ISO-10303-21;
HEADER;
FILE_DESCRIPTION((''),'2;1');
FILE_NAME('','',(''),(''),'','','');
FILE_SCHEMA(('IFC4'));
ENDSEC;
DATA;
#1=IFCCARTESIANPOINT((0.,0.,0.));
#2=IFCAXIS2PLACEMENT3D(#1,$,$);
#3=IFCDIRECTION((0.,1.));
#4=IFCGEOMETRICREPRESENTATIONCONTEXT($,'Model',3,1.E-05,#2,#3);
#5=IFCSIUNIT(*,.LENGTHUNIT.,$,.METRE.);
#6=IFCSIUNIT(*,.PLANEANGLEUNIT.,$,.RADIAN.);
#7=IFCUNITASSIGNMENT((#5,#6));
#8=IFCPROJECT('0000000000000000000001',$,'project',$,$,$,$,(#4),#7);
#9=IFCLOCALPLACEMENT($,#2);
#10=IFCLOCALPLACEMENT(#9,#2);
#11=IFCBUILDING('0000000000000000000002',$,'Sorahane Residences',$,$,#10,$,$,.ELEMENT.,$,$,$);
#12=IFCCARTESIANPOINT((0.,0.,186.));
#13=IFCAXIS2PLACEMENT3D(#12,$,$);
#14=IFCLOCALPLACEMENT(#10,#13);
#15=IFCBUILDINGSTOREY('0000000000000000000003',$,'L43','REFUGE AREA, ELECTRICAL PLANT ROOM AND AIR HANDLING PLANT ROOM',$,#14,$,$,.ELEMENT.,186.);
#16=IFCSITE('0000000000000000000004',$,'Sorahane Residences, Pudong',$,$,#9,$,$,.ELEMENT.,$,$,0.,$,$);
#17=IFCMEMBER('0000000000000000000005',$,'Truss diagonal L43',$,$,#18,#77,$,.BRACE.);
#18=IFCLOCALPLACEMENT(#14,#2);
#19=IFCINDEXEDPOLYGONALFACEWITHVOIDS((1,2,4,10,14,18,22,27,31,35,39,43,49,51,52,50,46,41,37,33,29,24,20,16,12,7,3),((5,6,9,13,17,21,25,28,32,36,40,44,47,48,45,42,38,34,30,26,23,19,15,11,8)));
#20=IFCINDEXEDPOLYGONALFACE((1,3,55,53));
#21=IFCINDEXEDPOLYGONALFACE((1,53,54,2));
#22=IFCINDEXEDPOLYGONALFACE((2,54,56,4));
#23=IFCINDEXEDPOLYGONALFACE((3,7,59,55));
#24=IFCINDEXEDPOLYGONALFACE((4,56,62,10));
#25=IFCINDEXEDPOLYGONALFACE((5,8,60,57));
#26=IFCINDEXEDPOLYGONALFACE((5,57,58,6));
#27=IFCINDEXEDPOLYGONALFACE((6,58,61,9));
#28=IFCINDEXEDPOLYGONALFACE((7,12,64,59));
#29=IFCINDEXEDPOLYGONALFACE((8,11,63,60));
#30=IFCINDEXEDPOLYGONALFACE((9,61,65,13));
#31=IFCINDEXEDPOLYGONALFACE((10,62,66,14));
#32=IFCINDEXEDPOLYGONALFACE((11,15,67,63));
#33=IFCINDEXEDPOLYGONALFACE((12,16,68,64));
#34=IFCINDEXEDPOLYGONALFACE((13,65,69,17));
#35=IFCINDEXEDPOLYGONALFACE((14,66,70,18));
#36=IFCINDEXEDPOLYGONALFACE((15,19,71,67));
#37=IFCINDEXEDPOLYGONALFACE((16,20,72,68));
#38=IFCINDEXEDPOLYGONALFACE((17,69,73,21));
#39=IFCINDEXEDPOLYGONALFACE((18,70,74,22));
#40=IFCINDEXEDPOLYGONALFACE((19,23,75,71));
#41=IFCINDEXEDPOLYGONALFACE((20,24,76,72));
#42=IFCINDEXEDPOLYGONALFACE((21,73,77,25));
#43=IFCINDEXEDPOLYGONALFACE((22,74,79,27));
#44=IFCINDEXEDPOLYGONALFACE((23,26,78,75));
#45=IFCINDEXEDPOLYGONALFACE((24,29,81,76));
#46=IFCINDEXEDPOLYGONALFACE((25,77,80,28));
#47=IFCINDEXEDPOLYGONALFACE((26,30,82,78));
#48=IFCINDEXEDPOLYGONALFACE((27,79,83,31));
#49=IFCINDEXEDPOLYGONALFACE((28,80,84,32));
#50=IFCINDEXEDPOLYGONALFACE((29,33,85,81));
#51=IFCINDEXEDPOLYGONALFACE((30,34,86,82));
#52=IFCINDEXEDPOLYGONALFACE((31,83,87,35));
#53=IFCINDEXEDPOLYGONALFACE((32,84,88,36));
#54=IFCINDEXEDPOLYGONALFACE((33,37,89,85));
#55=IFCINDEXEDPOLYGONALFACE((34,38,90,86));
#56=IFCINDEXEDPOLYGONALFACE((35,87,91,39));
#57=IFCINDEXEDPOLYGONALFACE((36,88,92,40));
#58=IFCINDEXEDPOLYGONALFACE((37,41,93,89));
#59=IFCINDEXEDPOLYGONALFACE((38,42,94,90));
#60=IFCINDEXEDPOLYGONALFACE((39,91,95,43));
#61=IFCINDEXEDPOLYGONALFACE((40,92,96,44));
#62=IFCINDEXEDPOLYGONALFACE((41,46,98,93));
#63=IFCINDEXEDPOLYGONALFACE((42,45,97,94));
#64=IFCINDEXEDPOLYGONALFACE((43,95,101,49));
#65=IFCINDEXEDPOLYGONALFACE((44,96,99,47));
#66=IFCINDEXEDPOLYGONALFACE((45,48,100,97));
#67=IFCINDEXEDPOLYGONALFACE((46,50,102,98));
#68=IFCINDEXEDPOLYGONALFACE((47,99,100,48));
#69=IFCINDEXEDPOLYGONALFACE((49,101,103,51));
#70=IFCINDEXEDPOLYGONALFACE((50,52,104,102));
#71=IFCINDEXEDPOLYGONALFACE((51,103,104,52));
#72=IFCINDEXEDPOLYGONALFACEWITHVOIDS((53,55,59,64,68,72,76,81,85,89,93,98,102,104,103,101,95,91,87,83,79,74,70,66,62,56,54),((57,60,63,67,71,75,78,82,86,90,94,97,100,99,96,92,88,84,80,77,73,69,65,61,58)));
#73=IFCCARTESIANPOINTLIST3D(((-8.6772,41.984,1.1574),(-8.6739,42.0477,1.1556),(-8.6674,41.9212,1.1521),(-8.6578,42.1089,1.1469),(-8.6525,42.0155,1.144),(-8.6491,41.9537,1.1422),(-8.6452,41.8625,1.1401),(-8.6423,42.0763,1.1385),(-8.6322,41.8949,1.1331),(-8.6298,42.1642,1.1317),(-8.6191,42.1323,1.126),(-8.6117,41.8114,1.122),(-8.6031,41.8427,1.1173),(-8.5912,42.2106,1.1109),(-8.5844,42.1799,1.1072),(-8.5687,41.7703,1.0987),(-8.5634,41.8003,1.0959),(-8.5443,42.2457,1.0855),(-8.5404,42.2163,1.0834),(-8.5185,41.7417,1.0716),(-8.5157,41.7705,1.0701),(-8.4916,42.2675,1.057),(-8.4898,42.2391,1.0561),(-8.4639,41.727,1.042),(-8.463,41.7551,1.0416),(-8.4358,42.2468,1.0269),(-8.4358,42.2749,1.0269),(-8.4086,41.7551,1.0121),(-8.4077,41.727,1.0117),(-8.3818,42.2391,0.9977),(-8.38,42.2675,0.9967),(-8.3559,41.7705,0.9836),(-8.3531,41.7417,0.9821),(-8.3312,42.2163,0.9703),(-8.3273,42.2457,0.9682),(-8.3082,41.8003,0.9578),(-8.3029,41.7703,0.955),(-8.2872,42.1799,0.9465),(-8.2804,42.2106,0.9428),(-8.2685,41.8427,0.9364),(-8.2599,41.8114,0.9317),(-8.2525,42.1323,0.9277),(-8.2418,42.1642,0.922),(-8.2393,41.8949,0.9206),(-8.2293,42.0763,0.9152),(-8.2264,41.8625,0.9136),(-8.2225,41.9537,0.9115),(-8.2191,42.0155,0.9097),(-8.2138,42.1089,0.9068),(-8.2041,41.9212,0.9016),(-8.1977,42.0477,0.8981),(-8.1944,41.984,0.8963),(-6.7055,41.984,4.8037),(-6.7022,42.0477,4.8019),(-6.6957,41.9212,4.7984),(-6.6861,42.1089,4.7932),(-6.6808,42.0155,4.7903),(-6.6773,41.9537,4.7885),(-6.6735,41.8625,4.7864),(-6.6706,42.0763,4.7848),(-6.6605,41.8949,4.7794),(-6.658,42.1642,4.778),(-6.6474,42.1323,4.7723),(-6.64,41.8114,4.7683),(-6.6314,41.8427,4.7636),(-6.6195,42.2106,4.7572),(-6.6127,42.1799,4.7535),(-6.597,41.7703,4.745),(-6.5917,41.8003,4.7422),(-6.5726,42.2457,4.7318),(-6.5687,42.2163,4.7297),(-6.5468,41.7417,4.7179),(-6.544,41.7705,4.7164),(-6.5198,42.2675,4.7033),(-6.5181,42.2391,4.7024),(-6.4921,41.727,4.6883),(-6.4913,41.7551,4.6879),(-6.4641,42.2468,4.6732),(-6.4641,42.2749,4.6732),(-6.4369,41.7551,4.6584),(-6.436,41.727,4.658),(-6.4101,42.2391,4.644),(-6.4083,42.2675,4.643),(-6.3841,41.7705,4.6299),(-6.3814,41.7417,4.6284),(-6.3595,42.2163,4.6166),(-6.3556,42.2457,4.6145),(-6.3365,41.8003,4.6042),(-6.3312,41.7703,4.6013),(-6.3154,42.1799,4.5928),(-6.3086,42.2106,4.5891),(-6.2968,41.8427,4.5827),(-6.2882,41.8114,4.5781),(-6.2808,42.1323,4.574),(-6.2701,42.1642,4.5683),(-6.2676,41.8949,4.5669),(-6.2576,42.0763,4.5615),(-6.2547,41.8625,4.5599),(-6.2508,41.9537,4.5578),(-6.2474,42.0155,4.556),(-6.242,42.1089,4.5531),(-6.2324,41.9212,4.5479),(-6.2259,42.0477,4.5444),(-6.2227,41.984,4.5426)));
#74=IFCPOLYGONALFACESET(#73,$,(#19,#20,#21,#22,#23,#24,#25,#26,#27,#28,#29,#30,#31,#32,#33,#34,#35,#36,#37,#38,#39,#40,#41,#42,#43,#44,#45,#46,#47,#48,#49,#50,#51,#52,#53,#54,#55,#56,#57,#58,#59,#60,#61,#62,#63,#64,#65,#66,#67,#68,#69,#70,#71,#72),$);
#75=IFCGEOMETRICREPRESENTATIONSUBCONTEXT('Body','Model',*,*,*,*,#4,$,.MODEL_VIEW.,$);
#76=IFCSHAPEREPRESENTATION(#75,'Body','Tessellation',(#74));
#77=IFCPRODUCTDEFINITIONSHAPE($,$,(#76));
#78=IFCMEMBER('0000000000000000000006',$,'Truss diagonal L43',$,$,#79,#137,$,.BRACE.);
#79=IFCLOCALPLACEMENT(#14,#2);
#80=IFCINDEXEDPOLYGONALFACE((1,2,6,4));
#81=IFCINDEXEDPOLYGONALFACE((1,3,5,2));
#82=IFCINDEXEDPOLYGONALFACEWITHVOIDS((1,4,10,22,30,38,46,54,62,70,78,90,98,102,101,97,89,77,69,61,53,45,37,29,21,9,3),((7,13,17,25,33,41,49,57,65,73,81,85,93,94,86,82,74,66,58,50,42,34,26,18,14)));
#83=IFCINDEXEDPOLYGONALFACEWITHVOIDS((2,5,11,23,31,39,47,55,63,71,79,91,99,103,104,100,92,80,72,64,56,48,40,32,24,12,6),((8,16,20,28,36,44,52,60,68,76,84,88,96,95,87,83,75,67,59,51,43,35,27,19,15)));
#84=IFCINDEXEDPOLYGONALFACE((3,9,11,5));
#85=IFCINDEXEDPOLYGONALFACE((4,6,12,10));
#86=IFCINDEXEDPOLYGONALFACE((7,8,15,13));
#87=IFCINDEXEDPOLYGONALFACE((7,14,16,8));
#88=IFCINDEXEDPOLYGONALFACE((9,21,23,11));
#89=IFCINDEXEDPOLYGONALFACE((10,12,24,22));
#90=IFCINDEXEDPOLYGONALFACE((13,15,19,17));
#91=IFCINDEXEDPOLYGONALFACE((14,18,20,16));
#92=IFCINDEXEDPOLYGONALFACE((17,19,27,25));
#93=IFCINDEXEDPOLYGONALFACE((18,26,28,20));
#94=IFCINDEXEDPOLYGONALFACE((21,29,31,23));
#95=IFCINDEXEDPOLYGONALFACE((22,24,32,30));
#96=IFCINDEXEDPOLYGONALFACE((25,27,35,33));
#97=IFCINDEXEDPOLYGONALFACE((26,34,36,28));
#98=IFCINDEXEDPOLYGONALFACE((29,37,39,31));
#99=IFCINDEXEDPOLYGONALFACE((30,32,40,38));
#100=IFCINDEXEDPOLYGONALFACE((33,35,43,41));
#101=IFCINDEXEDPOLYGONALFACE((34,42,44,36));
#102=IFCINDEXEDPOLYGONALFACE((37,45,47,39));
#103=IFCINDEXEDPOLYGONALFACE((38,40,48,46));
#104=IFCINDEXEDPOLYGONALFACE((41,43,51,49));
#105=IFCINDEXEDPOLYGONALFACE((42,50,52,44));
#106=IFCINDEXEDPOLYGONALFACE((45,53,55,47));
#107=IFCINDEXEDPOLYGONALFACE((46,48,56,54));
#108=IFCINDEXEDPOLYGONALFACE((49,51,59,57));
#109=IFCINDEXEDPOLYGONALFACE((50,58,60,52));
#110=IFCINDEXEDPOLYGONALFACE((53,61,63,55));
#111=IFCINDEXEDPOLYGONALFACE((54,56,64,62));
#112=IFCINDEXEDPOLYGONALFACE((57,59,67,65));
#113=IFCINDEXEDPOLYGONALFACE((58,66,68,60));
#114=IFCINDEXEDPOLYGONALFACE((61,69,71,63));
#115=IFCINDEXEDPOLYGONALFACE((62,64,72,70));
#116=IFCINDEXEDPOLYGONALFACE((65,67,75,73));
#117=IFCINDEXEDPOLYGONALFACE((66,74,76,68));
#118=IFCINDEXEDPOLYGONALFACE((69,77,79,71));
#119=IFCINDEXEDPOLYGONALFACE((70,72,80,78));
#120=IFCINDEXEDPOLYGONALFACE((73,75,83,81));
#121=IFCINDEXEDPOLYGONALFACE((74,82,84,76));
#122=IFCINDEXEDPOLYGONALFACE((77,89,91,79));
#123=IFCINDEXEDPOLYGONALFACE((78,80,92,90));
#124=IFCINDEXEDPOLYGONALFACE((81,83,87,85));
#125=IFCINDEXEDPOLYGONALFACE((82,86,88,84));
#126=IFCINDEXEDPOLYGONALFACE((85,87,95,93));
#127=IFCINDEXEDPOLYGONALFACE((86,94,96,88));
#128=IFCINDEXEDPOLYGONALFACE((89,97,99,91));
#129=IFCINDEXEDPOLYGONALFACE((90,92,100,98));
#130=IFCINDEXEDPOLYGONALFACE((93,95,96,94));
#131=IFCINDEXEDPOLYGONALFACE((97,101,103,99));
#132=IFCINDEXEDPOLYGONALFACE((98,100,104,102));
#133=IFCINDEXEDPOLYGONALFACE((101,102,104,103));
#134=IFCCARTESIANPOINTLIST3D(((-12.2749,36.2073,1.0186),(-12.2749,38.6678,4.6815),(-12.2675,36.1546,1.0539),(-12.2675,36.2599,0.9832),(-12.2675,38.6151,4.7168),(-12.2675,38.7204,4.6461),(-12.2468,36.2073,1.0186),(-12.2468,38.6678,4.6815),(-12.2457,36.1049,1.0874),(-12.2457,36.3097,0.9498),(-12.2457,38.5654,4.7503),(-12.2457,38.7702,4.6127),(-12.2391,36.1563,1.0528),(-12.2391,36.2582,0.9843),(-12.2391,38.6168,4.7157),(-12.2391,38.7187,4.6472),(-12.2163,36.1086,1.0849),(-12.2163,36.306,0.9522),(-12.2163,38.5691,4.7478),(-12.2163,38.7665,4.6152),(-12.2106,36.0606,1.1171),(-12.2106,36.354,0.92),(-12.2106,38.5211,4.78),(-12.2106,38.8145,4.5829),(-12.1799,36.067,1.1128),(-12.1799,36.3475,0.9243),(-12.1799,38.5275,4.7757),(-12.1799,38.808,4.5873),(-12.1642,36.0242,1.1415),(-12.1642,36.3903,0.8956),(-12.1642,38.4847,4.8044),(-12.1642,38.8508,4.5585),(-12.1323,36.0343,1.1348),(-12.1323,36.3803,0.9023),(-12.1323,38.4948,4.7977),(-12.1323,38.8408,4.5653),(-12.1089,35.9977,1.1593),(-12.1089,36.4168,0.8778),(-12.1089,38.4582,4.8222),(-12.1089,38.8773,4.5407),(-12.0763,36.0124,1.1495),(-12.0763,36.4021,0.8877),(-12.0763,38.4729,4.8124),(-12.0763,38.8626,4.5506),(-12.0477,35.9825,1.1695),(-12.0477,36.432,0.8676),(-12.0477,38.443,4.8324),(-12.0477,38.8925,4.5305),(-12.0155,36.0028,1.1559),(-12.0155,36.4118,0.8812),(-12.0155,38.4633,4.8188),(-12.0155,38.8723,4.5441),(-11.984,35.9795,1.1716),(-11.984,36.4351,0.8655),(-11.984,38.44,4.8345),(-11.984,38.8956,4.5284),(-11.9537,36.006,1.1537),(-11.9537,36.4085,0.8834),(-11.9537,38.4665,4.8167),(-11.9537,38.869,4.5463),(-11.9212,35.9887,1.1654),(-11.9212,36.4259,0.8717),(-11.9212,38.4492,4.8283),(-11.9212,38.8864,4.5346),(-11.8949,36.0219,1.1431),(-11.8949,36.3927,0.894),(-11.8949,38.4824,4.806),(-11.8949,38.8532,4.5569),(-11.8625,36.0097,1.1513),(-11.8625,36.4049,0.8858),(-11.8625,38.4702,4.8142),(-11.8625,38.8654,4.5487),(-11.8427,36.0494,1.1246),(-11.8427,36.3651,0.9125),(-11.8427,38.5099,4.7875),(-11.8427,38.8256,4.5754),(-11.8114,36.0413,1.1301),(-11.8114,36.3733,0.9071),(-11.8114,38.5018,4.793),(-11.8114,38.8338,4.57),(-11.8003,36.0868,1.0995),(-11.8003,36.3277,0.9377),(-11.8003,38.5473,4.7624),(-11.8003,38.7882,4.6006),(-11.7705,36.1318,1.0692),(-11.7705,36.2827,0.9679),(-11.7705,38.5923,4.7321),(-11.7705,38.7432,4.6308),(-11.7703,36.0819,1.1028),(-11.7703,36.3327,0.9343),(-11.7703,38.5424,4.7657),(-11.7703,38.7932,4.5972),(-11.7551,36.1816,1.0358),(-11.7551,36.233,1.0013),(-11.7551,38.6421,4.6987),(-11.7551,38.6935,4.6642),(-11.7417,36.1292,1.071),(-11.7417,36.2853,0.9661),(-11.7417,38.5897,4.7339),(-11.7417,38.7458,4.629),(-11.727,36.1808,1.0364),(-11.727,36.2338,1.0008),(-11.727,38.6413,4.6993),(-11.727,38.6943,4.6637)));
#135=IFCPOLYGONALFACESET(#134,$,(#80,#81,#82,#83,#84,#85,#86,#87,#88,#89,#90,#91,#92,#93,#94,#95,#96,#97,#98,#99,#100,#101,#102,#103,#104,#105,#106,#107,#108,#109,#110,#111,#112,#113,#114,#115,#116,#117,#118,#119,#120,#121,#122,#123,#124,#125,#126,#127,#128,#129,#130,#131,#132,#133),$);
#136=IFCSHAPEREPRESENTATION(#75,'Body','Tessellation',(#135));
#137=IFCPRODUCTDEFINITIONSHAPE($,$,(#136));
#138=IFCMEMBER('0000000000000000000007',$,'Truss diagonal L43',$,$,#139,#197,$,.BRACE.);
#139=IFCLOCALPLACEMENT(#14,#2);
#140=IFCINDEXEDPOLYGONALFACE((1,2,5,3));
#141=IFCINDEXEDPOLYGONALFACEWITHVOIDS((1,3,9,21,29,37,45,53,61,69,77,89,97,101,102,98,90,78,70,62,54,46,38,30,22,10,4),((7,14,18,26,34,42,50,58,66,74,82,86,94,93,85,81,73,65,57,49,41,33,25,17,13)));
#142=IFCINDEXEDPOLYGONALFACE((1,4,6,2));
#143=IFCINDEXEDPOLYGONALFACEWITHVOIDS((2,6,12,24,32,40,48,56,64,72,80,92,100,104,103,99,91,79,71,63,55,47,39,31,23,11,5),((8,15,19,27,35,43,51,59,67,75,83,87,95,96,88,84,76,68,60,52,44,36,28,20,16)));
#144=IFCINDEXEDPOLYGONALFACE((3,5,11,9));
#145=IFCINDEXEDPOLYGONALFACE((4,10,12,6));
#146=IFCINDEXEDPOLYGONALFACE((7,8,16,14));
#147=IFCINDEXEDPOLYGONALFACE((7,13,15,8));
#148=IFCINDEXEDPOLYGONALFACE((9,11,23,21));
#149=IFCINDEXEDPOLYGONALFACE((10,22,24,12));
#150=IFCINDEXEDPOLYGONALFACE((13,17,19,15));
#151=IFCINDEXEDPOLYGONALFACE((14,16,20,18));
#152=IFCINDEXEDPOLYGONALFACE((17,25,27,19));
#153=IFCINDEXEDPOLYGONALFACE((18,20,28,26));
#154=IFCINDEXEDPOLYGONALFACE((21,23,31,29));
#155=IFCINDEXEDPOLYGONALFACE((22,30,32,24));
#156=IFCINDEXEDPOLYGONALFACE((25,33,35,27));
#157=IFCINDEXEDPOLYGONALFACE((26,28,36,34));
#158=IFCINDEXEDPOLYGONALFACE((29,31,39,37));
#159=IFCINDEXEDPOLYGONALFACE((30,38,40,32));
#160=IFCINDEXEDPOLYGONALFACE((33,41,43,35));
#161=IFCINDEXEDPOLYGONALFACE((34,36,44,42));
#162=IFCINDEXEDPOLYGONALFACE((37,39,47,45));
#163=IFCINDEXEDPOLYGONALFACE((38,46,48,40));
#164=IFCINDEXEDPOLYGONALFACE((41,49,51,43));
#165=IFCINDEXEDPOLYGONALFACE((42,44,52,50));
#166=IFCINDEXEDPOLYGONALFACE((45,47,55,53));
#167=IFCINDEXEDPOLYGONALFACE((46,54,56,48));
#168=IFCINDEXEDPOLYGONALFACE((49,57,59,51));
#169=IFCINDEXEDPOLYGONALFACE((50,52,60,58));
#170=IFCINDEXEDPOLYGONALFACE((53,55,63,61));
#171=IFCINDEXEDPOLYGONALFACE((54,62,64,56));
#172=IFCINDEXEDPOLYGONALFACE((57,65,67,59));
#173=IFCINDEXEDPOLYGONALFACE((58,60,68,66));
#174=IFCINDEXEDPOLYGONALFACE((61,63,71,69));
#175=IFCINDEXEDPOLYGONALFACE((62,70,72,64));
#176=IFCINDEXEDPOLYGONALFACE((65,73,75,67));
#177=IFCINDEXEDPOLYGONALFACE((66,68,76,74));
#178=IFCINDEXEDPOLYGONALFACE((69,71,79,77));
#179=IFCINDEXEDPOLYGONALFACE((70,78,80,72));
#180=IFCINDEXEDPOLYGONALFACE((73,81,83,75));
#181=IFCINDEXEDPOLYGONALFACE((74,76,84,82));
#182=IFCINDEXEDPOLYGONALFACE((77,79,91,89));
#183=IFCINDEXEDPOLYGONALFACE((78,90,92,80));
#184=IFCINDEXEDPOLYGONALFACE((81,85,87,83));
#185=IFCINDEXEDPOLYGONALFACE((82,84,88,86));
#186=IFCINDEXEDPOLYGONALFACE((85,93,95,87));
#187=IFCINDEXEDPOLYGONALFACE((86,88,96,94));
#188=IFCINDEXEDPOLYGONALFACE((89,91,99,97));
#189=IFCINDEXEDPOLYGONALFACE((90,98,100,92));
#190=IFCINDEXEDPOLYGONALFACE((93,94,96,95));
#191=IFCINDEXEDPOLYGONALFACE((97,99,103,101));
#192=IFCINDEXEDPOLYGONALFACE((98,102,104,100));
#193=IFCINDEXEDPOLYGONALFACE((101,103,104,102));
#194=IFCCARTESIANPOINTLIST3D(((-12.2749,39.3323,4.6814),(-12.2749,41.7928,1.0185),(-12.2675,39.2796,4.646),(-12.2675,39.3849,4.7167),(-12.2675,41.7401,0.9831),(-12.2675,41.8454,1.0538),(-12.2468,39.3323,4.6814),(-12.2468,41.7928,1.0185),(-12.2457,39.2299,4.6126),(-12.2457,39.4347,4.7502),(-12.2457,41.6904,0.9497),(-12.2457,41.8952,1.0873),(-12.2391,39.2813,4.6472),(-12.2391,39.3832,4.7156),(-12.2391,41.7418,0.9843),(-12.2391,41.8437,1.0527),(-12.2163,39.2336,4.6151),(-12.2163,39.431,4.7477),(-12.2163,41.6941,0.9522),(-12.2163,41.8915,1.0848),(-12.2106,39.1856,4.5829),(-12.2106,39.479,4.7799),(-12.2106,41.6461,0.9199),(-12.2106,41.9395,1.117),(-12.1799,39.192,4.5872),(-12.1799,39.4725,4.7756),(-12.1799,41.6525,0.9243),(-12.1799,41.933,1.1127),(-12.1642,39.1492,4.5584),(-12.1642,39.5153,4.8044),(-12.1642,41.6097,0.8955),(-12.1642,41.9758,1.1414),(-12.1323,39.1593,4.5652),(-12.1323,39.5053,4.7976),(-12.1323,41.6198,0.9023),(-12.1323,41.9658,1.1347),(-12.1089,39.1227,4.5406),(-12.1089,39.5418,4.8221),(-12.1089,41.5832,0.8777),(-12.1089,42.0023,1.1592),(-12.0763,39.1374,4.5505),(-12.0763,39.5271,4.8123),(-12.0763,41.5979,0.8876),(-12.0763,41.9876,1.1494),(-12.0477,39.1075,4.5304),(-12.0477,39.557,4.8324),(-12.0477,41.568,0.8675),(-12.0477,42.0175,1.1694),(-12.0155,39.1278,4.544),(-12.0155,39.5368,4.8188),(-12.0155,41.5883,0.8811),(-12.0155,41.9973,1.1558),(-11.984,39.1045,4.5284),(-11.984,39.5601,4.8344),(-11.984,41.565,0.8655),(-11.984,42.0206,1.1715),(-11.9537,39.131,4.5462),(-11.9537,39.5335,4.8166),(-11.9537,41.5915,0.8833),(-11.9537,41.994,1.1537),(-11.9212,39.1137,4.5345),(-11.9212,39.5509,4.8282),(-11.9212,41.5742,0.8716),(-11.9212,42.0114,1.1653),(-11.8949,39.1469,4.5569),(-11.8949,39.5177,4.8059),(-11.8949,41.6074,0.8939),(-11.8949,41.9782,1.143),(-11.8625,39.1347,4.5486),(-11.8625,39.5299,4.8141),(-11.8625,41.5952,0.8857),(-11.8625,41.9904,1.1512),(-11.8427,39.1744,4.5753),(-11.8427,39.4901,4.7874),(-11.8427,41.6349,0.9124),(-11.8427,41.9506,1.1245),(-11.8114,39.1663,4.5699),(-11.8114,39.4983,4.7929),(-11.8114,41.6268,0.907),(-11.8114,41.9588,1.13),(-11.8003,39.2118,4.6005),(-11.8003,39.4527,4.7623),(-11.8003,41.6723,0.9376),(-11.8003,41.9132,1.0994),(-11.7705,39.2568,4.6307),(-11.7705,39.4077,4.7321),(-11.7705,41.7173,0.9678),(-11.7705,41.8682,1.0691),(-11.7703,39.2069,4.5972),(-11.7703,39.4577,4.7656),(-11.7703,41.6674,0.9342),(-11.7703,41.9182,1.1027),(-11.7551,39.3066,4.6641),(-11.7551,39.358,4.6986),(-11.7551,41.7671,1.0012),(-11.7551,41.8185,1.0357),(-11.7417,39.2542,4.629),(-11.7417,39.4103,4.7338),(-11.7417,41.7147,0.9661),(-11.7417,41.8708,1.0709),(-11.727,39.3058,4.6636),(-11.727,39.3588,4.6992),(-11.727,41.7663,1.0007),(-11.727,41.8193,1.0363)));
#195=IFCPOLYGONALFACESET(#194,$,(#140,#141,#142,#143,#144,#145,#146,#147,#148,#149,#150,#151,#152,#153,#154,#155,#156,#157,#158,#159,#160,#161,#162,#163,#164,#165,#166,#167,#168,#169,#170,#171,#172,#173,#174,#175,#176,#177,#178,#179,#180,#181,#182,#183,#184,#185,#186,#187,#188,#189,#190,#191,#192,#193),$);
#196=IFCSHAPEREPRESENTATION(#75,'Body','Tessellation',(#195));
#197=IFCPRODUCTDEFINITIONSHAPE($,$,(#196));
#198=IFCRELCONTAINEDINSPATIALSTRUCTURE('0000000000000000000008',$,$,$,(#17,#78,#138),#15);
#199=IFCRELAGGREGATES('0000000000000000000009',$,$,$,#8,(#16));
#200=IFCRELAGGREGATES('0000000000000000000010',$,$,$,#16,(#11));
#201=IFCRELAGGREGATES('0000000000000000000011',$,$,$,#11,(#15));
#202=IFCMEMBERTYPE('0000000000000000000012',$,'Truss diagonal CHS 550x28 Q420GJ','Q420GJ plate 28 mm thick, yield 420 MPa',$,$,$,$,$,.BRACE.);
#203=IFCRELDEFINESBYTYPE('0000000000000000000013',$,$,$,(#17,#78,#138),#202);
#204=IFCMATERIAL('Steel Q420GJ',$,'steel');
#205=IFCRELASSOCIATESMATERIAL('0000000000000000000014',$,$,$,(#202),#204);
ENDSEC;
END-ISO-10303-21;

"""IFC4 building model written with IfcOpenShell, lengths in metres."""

from ifc_helpers import new_model, si_unit, direction, frame, origin, origin_2d, place, context, subcontext, project, spatial, hollow_circle, extrude, material, material_profile, profile_set, type_object, element, save


model = new_model("IFC4")

# Units and contexts
model_context = context("Model", 3, precision=1e-05, world=origin(), true_north=direction((0.0, 1.0)))
body_context = subcontext(model_context, "Body", "Model", "MODEL_VIEW")
ifc_project = project(units=[si_unit("LENGTHUNIT", "METRE"), si_unit("PLANEANGLEUNIT", "RADIAN")], contexts=[model_context])

# Site, building, storey
site_placement = place(None, origin())
site = spatial("IfcSite", under=ifc_project, at=site_placement, Name="Sorahane Residences, Pudong", CompositionType="ELEMENT", RefElevation=0.0)
building_placement = place(site_placement, origin())
building = spatial("IfcBuilding", under=site, at=building_placement, Name="Sorahane Residences", CompositionType="ELEMENT")
storey_placement = place(building_placement, frame((0.0, 0.0, 186.0)))
storey = spatial("IfcBuildingStorey", under=building, at=storey_placement, Name="L43", Description="REFUGE AREA, ELECTRICAL PLANT ROOM AND AIR HANDLING PLANT ROOM", CompositionType="ELEMENT", Elevation=186.0)

# Members
ifc_material_1 = material(Name="Steel Q420GJ", Category="steel")
ifc_material_profile_1 = material_profile(ifc_material_1, hollow_circle(Radius=0.2749, WallThickness=0.0281, at=origin_2d()), Name="CHS 550x28")
ifc_profile_set_1 = profile_set([ifc_material_profile_1], Name="Steel Q420GJ")
member_type = type_object("IfcMemberType", Name="Truss diagonal CHS 550x28 Q420GJ", Description="Q420GJ plate 28 mm thick, yield 420 MPa", PredefinedType="BRACE", material=ifc_profile_set_1)
member_1_placement = place(storey_placement, frame((-8.4358, 42.0, 1.0269), z_axis=(0.475655, 0.0, 0.879632), x_axis=(0.0, 1.0, 0.0)))
element("IfcMember", 1, at=member_1_placement, inside=storey, type_object=member_type, Name="Truss diagonal L43", PredefinedType="BRACE", context=body_context, shape_type="SweptSolid", body=[
    extrude(hollow_circle(Radius=0.2749, WallThickness=0.0281, at=origin_2d()), origin(), (0.0, 0.0, 1.0), 4.1453),
])
for number, where, z_axis, x_axis, name in (
    (2, (-12.0, 36.2073, 1.0186), (0.0, 0.557608, 0.830104), (-1.0, 0.0, 0.0), "Truss diagonal L43"),
    (3, (-12.0, 39.3323, 4.6814), (0.0, 0.557608, -0.830104), (-1.0, 0.0, 0.0), "Truss diagonal L43"),
):
    element("IfcMember", number, at=place(storey_placement, frame(where, z_axis=z_axis, x_axis=x_axis)), inside=storey, type_object=member_type, Name=name, PredefinedType="BRACE", context=body_context, shape_type="SweptSolid", body=[
        extrude(hollow_circle(Radius=0.2749, WallThickness=0.0281, at=origin_2d()), origin(), (0.0, 0.0, 1.0), 4.4126),
    ])

save(model, "model.ifc")
